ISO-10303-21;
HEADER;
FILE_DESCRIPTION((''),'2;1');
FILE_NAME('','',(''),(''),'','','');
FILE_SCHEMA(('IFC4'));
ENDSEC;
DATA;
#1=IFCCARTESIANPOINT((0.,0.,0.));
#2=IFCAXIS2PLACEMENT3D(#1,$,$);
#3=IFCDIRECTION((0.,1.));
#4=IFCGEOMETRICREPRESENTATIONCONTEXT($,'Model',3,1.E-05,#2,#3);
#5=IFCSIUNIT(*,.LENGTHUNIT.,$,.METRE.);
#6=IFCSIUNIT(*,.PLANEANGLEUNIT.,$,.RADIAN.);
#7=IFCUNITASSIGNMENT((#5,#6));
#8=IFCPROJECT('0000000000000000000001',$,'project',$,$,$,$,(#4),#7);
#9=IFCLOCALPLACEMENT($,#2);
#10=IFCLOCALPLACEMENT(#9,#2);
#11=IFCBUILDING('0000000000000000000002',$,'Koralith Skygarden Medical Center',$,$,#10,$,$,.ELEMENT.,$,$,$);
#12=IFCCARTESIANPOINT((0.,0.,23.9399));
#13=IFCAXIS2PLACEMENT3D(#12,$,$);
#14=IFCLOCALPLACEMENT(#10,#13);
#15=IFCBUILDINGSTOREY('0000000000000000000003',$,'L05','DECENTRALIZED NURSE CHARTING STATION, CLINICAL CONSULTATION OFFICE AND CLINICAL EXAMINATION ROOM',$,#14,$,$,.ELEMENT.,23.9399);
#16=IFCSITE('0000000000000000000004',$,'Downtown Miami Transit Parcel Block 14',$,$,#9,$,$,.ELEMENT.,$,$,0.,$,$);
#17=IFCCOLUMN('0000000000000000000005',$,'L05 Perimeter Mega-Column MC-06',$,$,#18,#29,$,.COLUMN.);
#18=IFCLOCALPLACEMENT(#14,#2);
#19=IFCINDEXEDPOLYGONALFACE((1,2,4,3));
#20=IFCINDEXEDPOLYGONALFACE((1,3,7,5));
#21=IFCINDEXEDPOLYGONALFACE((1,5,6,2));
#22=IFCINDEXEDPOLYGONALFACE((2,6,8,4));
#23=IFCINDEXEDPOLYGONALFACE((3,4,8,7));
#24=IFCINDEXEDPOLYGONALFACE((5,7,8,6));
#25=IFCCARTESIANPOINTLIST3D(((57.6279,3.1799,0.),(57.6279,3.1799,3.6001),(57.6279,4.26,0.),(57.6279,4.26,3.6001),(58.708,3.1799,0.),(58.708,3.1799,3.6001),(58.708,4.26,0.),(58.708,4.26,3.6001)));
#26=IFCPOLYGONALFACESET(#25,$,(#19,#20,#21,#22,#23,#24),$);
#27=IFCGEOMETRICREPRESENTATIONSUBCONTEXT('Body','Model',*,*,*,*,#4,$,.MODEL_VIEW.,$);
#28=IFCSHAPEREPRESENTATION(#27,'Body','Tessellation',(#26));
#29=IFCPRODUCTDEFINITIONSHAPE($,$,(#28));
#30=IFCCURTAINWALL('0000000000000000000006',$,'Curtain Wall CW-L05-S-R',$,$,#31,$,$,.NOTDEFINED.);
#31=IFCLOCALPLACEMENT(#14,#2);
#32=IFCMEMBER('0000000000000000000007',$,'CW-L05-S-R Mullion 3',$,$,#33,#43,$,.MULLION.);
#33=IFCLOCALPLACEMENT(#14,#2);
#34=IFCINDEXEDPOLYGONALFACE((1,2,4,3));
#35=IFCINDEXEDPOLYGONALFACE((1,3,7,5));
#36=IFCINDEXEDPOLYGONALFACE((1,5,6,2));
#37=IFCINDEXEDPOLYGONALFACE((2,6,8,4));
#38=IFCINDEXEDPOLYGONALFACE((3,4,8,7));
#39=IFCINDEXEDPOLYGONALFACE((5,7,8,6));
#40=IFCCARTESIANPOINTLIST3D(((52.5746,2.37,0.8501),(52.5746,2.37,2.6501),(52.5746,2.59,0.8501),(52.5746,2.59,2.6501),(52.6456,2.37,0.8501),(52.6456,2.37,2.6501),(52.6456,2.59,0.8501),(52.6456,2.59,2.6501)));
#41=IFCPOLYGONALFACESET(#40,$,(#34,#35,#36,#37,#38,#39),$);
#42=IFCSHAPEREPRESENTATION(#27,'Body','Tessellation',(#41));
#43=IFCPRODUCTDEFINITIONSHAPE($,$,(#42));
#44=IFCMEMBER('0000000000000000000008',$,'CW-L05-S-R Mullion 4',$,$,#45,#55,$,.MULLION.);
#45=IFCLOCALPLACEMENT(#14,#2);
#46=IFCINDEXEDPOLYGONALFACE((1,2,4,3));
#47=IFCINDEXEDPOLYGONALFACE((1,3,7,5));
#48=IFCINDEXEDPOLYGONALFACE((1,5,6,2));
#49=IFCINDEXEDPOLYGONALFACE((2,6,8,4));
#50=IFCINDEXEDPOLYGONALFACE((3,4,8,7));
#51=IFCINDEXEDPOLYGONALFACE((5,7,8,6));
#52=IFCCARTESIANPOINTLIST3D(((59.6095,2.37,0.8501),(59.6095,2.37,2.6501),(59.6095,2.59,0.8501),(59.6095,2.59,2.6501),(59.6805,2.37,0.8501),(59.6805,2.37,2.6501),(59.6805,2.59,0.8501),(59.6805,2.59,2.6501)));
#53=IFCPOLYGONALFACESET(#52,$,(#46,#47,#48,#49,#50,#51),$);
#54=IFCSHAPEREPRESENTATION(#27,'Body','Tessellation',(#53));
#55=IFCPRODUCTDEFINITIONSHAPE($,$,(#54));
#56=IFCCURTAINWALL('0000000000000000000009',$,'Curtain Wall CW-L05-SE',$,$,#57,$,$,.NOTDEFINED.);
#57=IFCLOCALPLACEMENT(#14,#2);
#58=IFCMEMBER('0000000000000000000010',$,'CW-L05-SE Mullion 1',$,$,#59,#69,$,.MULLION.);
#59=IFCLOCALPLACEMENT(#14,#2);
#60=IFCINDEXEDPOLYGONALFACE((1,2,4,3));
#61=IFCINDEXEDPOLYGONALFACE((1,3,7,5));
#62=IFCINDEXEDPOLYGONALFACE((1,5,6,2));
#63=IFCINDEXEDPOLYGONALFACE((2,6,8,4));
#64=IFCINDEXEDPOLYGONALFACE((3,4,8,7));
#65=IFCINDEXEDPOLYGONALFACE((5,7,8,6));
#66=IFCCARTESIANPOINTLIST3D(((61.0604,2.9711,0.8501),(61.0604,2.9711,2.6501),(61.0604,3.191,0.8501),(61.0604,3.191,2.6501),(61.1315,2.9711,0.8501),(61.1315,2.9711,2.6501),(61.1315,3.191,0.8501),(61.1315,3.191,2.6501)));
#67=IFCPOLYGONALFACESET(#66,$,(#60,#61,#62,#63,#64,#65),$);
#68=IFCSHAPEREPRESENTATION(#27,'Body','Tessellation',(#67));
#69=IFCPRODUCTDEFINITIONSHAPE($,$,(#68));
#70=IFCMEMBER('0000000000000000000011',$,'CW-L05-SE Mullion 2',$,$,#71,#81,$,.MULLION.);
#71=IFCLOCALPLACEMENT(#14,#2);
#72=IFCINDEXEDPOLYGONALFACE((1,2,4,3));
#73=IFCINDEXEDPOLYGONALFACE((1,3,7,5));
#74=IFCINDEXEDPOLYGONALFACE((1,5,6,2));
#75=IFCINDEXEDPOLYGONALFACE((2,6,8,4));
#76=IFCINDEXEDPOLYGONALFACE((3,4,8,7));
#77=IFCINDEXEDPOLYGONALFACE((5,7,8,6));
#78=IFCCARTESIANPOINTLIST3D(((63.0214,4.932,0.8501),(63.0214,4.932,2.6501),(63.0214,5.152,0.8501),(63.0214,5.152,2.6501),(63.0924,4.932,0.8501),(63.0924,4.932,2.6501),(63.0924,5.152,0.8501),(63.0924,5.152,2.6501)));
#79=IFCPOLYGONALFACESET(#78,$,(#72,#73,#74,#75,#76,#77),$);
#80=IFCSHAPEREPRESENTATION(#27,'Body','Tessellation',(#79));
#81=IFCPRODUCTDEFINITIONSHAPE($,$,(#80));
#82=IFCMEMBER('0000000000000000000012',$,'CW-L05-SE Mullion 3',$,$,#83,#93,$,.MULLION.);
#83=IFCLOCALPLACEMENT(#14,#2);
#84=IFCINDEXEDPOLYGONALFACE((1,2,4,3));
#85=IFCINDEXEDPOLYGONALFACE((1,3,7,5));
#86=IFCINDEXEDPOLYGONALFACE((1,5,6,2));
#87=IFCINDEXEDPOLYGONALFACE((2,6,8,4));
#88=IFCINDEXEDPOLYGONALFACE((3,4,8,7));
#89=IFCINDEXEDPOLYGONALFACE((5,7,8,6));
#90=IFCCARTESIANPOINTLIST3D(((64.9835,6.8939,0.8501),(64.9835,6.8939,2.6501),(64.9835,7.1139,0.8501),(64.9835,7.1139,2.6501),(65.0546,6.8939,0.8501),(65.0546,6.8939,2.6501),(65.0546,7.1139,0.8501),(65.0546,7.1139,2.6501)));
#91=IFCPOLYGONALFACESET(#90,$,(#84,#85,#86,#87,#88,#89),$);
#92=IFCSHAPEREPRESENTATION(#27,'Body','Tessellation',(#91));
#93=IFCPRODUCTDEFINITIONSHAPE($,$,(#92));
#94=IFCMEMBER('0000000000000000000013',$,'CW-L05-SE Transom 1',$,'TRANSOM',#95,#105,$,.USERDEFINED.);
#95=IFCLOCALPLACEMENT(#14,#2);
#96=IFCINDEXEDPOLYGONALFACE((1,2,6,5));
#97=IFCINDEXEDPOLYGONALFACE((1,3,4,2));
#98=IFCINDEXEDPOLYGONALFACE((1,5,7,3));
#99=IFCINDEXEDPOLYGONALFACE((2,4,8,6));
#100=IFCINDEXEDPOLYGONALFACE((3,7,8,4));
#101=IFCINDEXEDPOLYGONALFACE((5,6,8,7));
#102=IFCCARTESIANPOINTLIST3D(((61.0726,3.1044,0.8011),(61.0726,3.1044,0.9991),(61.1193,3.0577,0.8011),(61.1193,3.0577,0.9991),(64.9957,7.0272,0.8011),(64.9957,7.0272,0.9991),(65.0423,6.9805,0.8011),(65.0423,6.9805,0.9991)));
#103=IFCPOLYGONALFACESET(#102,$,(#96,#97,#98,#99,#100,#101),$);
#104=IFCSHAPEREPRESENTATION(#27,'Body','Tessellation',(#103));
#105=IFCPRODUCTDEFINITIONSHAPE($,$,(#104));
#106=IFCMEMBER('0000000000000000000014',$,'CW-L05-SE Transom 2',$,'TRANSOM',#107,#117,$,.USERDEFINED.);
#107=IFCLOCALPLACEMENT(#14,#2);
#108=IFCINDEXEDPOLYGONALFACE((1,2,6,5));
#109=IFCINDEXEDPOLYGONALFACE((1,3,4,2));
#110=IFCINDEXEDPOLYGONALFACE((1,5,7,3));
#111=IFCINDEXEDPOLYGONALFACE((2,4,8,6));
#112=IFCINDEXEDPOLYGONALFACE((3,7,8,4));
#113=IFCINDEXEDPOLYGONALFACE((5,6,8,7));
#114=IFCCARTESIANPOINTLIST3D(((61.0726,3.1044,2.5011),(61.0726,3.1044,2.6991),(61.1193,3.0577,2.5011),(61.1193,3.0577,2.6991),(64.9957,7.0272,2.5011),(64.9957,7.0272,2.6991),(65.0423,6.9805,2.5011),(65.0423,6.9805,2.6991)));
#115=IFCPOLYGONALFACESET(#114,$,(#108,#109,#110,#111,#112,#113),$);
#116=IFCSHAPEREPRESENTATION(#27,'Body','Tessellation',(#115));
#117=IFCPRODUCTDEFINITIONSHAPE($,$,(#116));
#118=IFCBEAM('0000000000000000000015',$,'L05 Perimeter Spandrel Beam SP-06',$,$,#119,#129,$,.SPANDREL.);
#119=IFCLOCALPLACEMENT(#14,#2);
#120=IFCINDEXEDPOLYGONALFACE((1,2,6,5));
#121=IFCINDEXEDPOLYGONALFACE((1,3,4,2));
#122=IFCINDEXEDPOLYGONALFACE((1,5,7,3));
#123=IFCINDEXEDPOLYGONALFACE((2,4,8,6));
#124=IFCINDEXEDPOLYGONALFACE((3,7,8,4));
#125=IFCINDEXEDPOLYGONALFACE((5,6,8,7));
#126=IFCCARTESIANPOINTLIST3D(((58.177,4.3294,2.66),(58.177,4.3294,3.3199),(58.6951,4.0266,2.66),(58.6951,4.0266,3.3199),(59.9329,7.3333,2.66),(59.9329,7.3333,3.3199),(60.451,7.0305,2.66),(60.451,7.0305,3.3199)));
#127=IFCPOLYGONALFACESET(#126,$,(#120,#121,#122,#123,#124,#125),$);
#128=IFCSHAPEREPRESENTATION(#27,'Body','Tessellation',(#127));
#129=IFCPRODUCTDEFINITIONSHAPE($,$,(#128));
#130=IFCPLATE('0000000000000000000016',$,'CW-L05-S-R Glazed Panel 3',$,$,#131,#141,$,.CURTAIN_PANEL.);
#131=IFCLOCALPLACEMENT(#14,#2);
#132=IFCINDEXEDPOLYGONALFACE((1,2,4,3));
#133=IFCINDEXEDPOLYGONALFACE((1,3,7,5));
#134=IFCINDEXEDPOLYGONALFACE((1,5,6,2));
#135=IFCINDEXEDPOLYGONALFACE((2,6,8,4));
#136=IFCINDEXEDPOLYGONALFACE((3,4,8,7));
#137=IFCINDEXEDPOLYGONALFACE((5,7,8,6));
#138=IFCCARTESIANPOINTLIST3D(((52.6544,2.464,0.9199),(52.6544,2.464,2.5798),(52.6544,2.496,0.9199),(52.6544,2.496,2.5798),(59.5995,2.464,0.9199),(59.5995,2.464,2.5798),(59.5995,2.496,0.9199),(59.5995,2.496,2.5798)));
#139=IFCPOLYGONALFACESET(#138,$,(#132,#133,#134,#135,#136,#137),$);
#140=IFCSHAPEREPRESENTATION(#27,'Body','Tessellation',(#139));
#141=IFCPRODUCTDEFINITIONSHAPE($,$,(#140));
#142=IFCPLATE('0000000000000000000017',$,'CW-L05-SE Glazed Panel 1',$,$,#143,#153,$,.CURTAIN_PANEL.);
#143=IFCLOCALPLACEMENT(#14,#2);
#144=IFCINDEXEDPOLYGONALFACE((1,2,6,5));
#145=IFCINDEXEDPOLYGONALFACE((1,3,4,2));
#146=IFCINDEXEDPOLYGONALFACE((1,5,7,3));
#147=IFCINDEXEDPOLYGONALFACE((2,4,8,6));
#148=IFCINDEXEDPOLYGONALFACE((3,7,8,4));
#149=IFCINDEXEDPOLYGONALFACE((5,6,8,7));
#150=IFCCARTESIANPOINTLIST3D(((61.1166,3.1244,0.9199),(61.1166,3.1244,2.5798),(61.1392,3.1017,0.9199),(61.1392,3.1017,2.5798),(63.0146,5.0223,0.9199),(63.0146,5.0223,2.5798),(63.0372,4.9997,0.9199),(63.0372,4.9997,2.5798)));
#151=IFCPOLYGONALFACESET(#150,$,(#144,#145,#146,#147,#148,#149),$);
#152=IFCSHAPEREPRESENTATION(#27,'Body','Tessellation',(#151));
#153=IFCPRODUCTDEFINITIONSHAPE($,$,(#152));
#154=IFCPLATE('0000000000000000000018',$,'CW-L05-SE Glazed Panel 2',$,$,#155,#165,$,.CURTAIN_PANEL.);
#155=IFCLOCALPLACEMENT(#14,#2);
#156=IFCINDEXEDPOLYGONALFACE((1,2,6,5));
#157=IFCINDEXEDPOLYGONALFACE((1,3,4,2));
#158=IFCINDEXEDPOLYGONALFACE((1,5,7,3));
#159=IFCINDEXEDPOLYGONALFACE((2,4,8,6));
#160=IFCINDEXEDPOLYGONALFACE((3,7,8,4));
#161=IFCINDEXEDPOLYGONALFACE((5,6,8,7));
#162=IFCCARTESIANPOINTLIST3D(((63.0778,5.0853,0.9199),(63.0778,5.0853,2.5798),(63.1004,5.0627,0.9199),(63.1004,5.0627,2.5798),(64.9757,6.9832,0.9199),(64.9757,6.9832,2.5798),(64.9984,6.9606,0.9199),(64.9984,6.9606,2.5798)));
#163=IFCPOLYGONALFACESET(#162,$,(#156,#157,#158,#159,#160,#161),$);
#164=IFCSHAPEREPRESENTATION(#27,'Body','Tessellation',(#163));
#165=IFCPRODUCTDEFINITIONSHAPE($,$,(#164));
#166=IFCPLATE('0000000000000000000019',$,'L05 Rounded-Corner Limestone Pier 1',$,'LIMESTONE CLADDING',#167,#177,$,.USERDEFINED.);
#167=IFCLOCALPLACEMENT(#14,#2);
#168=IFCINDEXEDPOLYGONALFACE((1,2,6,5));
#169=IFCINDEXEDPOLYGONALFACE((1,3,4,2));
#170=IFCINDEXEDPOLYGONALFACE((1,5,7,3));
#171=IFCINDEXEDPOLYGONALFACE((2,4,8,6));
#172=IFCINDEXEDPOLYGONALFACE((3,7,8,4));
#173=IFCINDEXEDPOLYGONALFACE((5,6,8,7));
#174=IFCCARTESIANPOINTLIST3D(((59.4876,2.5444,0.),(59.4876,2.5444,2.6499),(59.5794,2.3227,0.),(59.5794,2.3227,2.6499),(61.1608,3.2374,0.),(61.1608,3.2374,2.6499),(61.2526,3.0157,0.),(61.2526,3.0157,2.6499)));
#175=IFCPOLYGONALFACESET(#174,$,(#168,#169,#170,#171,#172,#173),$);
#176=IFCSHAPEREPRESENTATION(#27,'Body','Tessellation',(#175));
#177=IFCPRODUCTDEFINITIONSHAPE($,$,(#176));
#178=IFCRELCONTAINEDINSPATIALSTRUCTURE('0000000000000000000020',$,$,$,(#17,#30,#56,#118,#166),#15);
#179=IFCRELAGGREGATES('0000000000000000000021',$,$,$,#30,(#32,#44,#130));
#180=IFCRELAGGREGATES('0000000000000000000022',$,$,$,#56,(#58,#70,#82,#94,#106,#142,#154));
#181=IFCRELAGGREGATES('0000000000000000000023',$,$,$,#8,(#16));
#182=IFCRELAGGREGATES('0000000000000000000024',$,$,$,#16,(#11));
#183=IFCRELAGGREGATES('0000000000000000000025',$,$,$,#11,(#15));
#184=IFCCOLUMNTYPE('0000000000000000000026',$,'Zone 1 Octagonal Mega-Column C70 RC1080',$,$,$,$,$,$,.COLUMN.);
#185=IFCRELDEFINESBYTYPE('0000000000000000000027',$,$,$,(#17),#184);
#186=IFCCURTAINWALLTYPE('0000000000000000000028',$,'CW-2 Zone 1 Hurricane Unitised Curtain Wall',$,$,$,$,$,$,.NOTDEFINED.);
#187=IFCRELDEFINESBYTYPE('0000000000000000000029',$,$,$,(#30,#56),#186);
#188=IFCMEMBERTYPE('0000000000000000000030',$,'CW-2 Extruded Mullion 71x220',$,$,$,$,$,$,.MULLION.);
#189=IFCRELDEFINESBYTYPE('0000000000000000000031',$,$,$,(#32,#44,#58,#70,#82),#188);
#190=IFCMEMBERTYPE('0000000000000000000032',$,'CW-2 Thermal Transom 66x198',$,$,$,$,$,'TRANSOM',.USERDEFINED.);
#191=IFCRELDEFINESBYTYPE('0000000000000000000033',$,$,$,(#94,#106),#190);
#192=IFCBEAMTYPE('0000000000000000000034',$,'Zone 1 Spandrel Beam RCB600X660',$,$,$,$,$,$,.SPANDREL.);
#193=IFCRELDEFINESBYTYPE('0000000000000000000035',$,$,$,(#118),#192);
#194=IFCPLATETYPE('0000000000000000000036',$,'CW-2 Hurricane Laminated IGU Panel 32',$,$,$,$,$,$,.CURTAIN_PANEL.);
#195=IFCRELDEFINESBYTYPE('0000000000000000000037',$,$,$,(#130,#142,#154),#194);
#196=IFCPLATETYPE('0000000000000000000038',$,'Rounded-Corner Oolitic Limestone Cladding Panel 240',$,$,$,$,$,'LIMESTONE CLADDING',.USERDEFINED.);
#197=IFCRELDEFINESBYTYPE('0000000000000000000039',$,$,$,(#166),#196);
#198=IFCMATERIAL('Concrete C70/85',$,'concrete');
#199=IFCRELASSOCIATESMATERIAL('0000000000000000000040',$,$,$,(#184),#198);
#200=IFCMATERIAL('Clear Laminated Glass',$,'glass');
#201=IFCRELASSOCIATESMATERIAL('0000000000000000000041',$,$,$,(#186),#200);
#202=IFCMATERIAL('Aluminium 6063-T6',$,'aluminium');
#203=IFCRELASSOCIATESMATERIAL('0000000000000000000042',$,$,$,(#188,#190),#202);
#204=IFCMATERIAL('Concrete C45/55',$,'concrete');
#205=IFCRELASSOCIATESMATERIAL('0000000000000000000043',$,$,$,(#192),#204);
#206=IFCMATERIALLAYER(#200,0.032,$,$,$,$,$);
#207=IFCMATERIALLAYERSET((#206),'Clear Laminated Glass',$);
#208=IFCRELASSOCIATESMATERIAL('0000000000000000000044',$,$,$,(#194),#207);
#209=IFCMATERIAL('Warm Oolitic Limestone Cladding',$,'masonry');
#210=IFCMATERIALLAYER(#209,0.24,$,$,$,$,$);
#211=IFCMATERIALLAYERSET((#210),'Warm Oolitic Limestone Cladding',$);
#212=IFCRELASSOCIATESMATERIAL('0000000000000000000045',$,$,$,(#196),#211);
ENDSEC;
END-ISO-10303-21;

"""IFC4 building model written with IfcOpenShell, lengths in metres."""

from ifc_helpers import new_model, si_unit, direction, frame, origin, origin_2d, place, context, subcontext, project, spatial, rectangle, extrude, material, layer, layer_set, material_profile, profile_set, type_object, element, aggregate, save


model = new_model("IFC4")

# Units and contexts
model_context = context("Model", 3, precision=1e-05, world=origin(), true_north=direction((0.0, 1.0)))
body_context = subcontext(model_context, "Body", "Model", "MODEL_VIEW")
ifc_project = project(units=[si_unit("LENGTHUNIT", "METRE"), si_unit("PLANEANGLEUNIT", "RADIAN")], contexts=[model_context])

# Site, building, storey
site_placement = place(None, origin())
site = spatial("IfcSite", under=ifc_project, at=site_placement, Name="Downtown Miami Transit Parcel Block 14", CompositionType="ELEMENT", RefElevation=0.0)
building_placement = place(site_placement, origin())
building = spatial("IfcBuilding", under=site, at=building_placement, Name="Koralith Skygarden Medical Center", CompositionType="ELEMENT")
storey_placement = place(building_placement, frame((0.0, 0.0, 23.9399)))
storey = spatial("IfcBuildingStorey", under=building, at=storey_placement, Name="L05", Description="DECENTRALIZED NURSE CHARTING STATION, CLINICAL CONSULTATION OFFICE AND CLINICAL EXAMINATION ROOM", CompositionType="ELEMENT", Elevation=23.9399)

# Column
ifc_material_1 = material(Name="Concrete C70/85", Category="concrete")
ifc_material_profile_1 = material_profile(ifc_material_1, rectangle(XDim=1.0801, YDim=1.0801, at=origin_2d()), Name="RC1080X1080")
ifc_profile_set_1 = profile_set([ifc_material_profile_1], Name="Concrete C70/85")
column_type = type_object("IfcColumnType", Name="Zone 1 Octagonal Mega-Column C70 RC1080", PredefinedType="COLUMN", material=ifc_profile_set_1)
column_placement = place(storey_placement, frame((58.168, 3.72, 0.0), z_axis=(0.0, 0.0, 1.0), x_axis=(1.0, 0.0, 0.0)))
element("IfcColumn", 1, at=column_placement, inside=storey, type_object=column_type, Name="L05 Perimeter Mega-Column MC-06", PredefinedType="COLUMN", context=body_context, shape_type="SweptSolid", body=[
    extrude(rectangle(XDim=1.0801, YDim=1.0801, at=origin_2d()), origin(), (0.0, 0.0, 1.0), 3.6001),
])

# Curtain walls, members
ifc_material_2 = material(Name="Clear Laminated Glass", Category="glass")
curtain_wall_type = type_object("IfcCurtainWallType", Name="CW-2 Zone 1 Hurricane Unitised Curtain Wall", PredefinedType="NOTDEFINED", material=ifc_material_2)
curtain_wall_1_placement = place(storey_placement, origin())
curtain_wall_1 = element("IfcCurtainWall", 2, at=curtain_wall_1_placement, inside=storey, type_object=curtain_wall_type, Name="Curtain Wall CW-L05-S-R", PredefinedType="NOTDEFINED")
ifc_material_3 = material(Name="Aluminium 6063-T6", Category="aluminium")
ifc_material_profile_2 = material_profile(ifc_material_3, rectangle(XDim=0.071, YDim=0.22, at=origin_2d()), Name="MUL71X220")
ifc_profile_set_2 = profile_set([ifc_material_profile_2], Name="Aluminium 6063-T6")
member_type_1 = type_object("IfcMemberType", Name="CW-2 Extruded Mullion 71x220", PredefinedType="MULLION", material=ifc_profile_set_2)
member_1_placement = place(storey_placement, frame((52.6101, 2.48, 0.8501), z_axis=(0.0, 0.0, 1.0), x_axis=(1.0, 0.0, 0.0)))
member_1 = element("IfcMember", 3, at=member_1_placement, type_object=member_type_1, Name="CW-L05-S-R Mullion 3", PredefinedType="MULLION", context=body_context, shape_type="SweptSolid", body=[
    extrude(rectangle(XDim=0.071, YDim=0.22, at=origin_2d()), origin(), (0.0, 0.0, 1.0), 1.8),
])
member_2_placement = place(storey_placement, frame((59.645, 2.48, 0.8501), z_axis=(0.0, 0.0, 1.0), x_axis=(1.0, 0.0, 0.0)))
member_2 = element("IfcMember", 4, at=member_2_placement, type_object=member_type_1, Name="CW-L05-S-R Mullion 4", PredefinedType="MULLION", context=body_context, shape_type="SweptSolid", body=[
    extrude(rectangle(XDim=0.071, YDim=0.22, at=origin_2d()), origin(), (0.0, 0.0, 1.0), 1.8),
])
curtain_wall_2_placement = place(storey_placement, origin())
curtain_wall_2 = element("IfcCurtainWall", 5, at=curtain_wall_2_placement, inside=storey, type_object=curtain_wall_type, Name="Curtain Wall CW-L05-SE", PredefinedType="NOTDEFINED")
member_3_placement = place(storey_placement, frame((61.0959, 3.0811, 0.8501), z_axis=(0.0, 0.0, 1.0), x_axis=(1.0, 0.0, 0.0)))
member_3 = element("IfcMember", 6, at=member_3_placement, type_object=member_type_1, Name="CW-L05-SE Mullion 1", PredefinedType="MULLION", context=body_context, shape_type="SweptSolid", body=[
    extrude(rectangle(XDim=0.071, YDim=0.22, at=origin_2d()), origin(), (0.0, 0.0, 1.0), 1.8),
])
member_4_placement = place(storey_placement, frame((63.0569, 5.042, 0.8501), z_axis=(0.0, 0.0, 1.0), x_axis=(1.0, 0.0, 0.0)))
member_4 = element("IfcMember", 7, at=member_4_placement, type_object=member_type_1, Name="CW-L05-SE Mullion 2", PredefinedType="MULLION", context=body_context, shape_type="SweptSolid", body=[
    extrude(rectangle(XDim=0.071, YDim=0.22, at=origin_2d()), origin(), (0.0, 0.0, 1.0), 1.8),
])
member_5_placement = place(storey_placement, frame((65.019, 7.0039, 0.8501), z_axis=(0.0, 0.0, 1.0), x_axis=(1.0, 0.0, 0.0)))
member_5 = element("IfcMember", 8, at=member_5_placement, type_object=member_type_1, Name="CW-L05-SE Mullion 3", PredefinedType="MULLION", context=body_context, shape_type="SweptSolid", body=[
    extrude(rectangle(XDim=0.071, YDim=0.22, at=origin_2d()), origin(), (0.0, 0.0, 1.0), 1.8),
])
ifc_material_profile_3 = material_profile(ifc_material_3, rectangle(XDim=0.0659, YDim=0.198, at=origin_2d()), Name="TRN66X198")
ifc_profile_set_3 = profile_set([ifc_material_profile_3], Name="Aluminium 6063-T6")
member_type_2 = type_object("IfcMemberType", Name="CW-2 Thermal Transom 66x198", ElementType="TRANSOM", PredefinedType="USERDEFINED", material=ifc_profile_set_3)
member_6_placement = place(storey_placement, frame((61.0959, 3.0811, 0.9001), z_axis=(0.707129, 0.707085, 0.0), x_axis=(-0.707085, 0.707129, 0.0)))
member_6 = element("IfcMember", 9, at=member_6_placement, type_object=member_type_2, Name="CW-L05-SE Transom 1", ObjectType="TRANSOM", PredefinedType="USERDEFINED", context=body_context, shape_type="SweptSolid", body=[
    extrude(rectangle(XDim=0.0659, YDim=0.198, at=origin_2d()), origin(), (0.0, 0.0, 1.0), 5.5479),
])
member_7_placement = place(storey_placement, frame((61.0959, 3.0811, 2.6001), z_axis=(0.707129, 0.707085, 0.0), x_axis=(-0.707085, 0.707129, 0.0)))
member_7 = element("IfcMember", 10, at=member_7_placement, type_object=member_type_2, Name="CW-L05-SE Transom 2", ObjectType="TRANSOM", PredefinedType="USERDEFINED", context=body_context, shape_type="SweptSolid", body=[
    extrude(rectangle(XDim=0.0659, YDim=0.198, at=origin_2d()), origin(), (0.0, 0.0, 1.0), 5.5479),
])

# Beam
ifc_material_4 = material(Name="Concrete C45/55", Category="concrete")
ifc_material_profile_4 = material_profile(ifc_material_4, rectangle(XDim=0.6001, YDim=0.6599, at=origin_2d()), Name="RCB600X660")
ifc_profile_set_4 = profile_set([ifc_material_profile_4], Name="Concrete C45/55")
beam_type = type_object("IfcBeamType", Name="Zone 1 Spandrel Beam RCB600X660", PredefinedType="SPANDREL", material=ifc_profile_set_4)
beam_placement = place(storey_placement, frame((58.436, 4.178, 2.99), z_axis=(0.504639, 0.863331, 0.0), x_axis=(-0.863331, 0.504639, 0.0)))
element("IfcBeam", 11, at=beam_placement, inside=storey, type_object=beam_type, Name="L05 Perimeter Spandrel Beam SP-06", PredefinedType="SPANDREL", context=body_context, shape_type="SweptSolid", body=[
    extrude(rectangle(XDim=0.6001, YDim=0.6599, at=origin_2d()), origin(), (0.0, 0.0, 1.0), 3.4795),
])

# Plates
ifc_layer_1 = layer(ifc_material_2, 0.032)
ifc_layer_set_1 = layer_set([ifc_layer_1], Name="Clear Laminated Glass")
plate_type_1 = type_object("IfcPlateType", Name="CW-2 Hurricane Laminated IGU Panel 32", PredefinedType="CURTAIN_PANEL", material=ifc_layer_set_1)
plate_1_placement = place(storey_placement, frame((56.127, 2.48, 0.9199), z_axis=(0.0, 0.0, 1.0), x_axis=(1.0, 0.0, 0.0)))
plate_1 = element("IfcPlate", 12, at=plate_1_placement, type_object=plate_type_1, Name="CW-L05-S-R Glazed Panel 3", PredefinedType="CURTAIN_PANEL", context=body_context, shape_type="SweptSolid", body=[
    extrude(rectangle(XDim=6.9451, YDim=0.032, at=origin_2d()), origin(), (0.0, 0.0, 1.0), 1.6599),
])
aggregate(curtain_wall_1, [member_1, member_2, plate_1])
plate_2_placement = place(storey_placement, frame((62.0769, 4.062, 0.9199), z_axis=(0.0, 0.0, 1.0), x_axis=(0.707107, 0.707107, 0.0)))
plate_2 = element("IfcPlate", 13, at=plate_2_placement, type_object=plate_type_1, Name="CW-L05-SE Glazed Panel 1", PredefinedType="CURTAIN_PANEL", context=body_context, shape_type="SweptSolid", body=[
    extrude(rectangle(XDim=2.6841, YDim=0.032, at=origin_2d()), origin(), (0.0, 0.0, 1.0), 1.6599),
])
plate_3_placement = place(storey_placement, frame((64.0381, 6.0229, 0.9199), z_axis=(0.0, 0.0, 1.0), x_axis=(0.707107, 0.707107, 0.0)))
plate_3 = element("IfcPlate", 14, at=plate_3_placement, type_object=plate_type_1, Name="CW-L05-SE Glazed Panel 2", PredefinedType="CURTAIN_PANEL", context=body_context, shape_type="SweptSolid", body=[
    extrude(rectangle(XDim=2.6841, YDim=0.032, at=origin_2d()), origin(), (0.0, 0.0, 1.0), 1.6599),
])
aggregate(curtain_wall_2, [member_3, member_4, member_5, member_6, member_7, plate_2, plate_3])
ifc_material_5 = material(Name="Warm Oolitic Limestone Cladding", Category="masonry")
ifc_layer_2 = layer(ifc_material_5, 0.24)
ifc_layer_set_2 = layer_set([ifc_layer_2], Name="Warm Oolitic Limestone Cladding")
plate_type_2 = type_object("IfcPlateType", Name="Rounded-Corner Oolitic Limestone Cladding Panel 240", ElementType="LIMESTONE CLADDING", PredefinedType="USERDEFINED", material=ifc_layer_set_2)
plate_4_placement = place(storey_placement, frame((60.3701, 2.78, 0.0), z_axis=(0.0, 0.0, 1.0), x_axis=(0.923885, 0.382671, 0.0)))
element("IfcPlate", 15, at=plate_4_placement, inside=storey, type_object=plate_type_2, Name="L05 Rounded-Corner Limestone Pier 1", ObjectType="LIMESTONE CLADDING", PredefinedType="USERDEFINED", context=body_context, shape_type="SweptSolid", body=[
    extrude(rectangle(XDim=1.811, YDim=0.24, at=origin_2d()), origin(), (0.0, 0.0, 1.0), 2.6499),
])

save(model, "model.ifc")
